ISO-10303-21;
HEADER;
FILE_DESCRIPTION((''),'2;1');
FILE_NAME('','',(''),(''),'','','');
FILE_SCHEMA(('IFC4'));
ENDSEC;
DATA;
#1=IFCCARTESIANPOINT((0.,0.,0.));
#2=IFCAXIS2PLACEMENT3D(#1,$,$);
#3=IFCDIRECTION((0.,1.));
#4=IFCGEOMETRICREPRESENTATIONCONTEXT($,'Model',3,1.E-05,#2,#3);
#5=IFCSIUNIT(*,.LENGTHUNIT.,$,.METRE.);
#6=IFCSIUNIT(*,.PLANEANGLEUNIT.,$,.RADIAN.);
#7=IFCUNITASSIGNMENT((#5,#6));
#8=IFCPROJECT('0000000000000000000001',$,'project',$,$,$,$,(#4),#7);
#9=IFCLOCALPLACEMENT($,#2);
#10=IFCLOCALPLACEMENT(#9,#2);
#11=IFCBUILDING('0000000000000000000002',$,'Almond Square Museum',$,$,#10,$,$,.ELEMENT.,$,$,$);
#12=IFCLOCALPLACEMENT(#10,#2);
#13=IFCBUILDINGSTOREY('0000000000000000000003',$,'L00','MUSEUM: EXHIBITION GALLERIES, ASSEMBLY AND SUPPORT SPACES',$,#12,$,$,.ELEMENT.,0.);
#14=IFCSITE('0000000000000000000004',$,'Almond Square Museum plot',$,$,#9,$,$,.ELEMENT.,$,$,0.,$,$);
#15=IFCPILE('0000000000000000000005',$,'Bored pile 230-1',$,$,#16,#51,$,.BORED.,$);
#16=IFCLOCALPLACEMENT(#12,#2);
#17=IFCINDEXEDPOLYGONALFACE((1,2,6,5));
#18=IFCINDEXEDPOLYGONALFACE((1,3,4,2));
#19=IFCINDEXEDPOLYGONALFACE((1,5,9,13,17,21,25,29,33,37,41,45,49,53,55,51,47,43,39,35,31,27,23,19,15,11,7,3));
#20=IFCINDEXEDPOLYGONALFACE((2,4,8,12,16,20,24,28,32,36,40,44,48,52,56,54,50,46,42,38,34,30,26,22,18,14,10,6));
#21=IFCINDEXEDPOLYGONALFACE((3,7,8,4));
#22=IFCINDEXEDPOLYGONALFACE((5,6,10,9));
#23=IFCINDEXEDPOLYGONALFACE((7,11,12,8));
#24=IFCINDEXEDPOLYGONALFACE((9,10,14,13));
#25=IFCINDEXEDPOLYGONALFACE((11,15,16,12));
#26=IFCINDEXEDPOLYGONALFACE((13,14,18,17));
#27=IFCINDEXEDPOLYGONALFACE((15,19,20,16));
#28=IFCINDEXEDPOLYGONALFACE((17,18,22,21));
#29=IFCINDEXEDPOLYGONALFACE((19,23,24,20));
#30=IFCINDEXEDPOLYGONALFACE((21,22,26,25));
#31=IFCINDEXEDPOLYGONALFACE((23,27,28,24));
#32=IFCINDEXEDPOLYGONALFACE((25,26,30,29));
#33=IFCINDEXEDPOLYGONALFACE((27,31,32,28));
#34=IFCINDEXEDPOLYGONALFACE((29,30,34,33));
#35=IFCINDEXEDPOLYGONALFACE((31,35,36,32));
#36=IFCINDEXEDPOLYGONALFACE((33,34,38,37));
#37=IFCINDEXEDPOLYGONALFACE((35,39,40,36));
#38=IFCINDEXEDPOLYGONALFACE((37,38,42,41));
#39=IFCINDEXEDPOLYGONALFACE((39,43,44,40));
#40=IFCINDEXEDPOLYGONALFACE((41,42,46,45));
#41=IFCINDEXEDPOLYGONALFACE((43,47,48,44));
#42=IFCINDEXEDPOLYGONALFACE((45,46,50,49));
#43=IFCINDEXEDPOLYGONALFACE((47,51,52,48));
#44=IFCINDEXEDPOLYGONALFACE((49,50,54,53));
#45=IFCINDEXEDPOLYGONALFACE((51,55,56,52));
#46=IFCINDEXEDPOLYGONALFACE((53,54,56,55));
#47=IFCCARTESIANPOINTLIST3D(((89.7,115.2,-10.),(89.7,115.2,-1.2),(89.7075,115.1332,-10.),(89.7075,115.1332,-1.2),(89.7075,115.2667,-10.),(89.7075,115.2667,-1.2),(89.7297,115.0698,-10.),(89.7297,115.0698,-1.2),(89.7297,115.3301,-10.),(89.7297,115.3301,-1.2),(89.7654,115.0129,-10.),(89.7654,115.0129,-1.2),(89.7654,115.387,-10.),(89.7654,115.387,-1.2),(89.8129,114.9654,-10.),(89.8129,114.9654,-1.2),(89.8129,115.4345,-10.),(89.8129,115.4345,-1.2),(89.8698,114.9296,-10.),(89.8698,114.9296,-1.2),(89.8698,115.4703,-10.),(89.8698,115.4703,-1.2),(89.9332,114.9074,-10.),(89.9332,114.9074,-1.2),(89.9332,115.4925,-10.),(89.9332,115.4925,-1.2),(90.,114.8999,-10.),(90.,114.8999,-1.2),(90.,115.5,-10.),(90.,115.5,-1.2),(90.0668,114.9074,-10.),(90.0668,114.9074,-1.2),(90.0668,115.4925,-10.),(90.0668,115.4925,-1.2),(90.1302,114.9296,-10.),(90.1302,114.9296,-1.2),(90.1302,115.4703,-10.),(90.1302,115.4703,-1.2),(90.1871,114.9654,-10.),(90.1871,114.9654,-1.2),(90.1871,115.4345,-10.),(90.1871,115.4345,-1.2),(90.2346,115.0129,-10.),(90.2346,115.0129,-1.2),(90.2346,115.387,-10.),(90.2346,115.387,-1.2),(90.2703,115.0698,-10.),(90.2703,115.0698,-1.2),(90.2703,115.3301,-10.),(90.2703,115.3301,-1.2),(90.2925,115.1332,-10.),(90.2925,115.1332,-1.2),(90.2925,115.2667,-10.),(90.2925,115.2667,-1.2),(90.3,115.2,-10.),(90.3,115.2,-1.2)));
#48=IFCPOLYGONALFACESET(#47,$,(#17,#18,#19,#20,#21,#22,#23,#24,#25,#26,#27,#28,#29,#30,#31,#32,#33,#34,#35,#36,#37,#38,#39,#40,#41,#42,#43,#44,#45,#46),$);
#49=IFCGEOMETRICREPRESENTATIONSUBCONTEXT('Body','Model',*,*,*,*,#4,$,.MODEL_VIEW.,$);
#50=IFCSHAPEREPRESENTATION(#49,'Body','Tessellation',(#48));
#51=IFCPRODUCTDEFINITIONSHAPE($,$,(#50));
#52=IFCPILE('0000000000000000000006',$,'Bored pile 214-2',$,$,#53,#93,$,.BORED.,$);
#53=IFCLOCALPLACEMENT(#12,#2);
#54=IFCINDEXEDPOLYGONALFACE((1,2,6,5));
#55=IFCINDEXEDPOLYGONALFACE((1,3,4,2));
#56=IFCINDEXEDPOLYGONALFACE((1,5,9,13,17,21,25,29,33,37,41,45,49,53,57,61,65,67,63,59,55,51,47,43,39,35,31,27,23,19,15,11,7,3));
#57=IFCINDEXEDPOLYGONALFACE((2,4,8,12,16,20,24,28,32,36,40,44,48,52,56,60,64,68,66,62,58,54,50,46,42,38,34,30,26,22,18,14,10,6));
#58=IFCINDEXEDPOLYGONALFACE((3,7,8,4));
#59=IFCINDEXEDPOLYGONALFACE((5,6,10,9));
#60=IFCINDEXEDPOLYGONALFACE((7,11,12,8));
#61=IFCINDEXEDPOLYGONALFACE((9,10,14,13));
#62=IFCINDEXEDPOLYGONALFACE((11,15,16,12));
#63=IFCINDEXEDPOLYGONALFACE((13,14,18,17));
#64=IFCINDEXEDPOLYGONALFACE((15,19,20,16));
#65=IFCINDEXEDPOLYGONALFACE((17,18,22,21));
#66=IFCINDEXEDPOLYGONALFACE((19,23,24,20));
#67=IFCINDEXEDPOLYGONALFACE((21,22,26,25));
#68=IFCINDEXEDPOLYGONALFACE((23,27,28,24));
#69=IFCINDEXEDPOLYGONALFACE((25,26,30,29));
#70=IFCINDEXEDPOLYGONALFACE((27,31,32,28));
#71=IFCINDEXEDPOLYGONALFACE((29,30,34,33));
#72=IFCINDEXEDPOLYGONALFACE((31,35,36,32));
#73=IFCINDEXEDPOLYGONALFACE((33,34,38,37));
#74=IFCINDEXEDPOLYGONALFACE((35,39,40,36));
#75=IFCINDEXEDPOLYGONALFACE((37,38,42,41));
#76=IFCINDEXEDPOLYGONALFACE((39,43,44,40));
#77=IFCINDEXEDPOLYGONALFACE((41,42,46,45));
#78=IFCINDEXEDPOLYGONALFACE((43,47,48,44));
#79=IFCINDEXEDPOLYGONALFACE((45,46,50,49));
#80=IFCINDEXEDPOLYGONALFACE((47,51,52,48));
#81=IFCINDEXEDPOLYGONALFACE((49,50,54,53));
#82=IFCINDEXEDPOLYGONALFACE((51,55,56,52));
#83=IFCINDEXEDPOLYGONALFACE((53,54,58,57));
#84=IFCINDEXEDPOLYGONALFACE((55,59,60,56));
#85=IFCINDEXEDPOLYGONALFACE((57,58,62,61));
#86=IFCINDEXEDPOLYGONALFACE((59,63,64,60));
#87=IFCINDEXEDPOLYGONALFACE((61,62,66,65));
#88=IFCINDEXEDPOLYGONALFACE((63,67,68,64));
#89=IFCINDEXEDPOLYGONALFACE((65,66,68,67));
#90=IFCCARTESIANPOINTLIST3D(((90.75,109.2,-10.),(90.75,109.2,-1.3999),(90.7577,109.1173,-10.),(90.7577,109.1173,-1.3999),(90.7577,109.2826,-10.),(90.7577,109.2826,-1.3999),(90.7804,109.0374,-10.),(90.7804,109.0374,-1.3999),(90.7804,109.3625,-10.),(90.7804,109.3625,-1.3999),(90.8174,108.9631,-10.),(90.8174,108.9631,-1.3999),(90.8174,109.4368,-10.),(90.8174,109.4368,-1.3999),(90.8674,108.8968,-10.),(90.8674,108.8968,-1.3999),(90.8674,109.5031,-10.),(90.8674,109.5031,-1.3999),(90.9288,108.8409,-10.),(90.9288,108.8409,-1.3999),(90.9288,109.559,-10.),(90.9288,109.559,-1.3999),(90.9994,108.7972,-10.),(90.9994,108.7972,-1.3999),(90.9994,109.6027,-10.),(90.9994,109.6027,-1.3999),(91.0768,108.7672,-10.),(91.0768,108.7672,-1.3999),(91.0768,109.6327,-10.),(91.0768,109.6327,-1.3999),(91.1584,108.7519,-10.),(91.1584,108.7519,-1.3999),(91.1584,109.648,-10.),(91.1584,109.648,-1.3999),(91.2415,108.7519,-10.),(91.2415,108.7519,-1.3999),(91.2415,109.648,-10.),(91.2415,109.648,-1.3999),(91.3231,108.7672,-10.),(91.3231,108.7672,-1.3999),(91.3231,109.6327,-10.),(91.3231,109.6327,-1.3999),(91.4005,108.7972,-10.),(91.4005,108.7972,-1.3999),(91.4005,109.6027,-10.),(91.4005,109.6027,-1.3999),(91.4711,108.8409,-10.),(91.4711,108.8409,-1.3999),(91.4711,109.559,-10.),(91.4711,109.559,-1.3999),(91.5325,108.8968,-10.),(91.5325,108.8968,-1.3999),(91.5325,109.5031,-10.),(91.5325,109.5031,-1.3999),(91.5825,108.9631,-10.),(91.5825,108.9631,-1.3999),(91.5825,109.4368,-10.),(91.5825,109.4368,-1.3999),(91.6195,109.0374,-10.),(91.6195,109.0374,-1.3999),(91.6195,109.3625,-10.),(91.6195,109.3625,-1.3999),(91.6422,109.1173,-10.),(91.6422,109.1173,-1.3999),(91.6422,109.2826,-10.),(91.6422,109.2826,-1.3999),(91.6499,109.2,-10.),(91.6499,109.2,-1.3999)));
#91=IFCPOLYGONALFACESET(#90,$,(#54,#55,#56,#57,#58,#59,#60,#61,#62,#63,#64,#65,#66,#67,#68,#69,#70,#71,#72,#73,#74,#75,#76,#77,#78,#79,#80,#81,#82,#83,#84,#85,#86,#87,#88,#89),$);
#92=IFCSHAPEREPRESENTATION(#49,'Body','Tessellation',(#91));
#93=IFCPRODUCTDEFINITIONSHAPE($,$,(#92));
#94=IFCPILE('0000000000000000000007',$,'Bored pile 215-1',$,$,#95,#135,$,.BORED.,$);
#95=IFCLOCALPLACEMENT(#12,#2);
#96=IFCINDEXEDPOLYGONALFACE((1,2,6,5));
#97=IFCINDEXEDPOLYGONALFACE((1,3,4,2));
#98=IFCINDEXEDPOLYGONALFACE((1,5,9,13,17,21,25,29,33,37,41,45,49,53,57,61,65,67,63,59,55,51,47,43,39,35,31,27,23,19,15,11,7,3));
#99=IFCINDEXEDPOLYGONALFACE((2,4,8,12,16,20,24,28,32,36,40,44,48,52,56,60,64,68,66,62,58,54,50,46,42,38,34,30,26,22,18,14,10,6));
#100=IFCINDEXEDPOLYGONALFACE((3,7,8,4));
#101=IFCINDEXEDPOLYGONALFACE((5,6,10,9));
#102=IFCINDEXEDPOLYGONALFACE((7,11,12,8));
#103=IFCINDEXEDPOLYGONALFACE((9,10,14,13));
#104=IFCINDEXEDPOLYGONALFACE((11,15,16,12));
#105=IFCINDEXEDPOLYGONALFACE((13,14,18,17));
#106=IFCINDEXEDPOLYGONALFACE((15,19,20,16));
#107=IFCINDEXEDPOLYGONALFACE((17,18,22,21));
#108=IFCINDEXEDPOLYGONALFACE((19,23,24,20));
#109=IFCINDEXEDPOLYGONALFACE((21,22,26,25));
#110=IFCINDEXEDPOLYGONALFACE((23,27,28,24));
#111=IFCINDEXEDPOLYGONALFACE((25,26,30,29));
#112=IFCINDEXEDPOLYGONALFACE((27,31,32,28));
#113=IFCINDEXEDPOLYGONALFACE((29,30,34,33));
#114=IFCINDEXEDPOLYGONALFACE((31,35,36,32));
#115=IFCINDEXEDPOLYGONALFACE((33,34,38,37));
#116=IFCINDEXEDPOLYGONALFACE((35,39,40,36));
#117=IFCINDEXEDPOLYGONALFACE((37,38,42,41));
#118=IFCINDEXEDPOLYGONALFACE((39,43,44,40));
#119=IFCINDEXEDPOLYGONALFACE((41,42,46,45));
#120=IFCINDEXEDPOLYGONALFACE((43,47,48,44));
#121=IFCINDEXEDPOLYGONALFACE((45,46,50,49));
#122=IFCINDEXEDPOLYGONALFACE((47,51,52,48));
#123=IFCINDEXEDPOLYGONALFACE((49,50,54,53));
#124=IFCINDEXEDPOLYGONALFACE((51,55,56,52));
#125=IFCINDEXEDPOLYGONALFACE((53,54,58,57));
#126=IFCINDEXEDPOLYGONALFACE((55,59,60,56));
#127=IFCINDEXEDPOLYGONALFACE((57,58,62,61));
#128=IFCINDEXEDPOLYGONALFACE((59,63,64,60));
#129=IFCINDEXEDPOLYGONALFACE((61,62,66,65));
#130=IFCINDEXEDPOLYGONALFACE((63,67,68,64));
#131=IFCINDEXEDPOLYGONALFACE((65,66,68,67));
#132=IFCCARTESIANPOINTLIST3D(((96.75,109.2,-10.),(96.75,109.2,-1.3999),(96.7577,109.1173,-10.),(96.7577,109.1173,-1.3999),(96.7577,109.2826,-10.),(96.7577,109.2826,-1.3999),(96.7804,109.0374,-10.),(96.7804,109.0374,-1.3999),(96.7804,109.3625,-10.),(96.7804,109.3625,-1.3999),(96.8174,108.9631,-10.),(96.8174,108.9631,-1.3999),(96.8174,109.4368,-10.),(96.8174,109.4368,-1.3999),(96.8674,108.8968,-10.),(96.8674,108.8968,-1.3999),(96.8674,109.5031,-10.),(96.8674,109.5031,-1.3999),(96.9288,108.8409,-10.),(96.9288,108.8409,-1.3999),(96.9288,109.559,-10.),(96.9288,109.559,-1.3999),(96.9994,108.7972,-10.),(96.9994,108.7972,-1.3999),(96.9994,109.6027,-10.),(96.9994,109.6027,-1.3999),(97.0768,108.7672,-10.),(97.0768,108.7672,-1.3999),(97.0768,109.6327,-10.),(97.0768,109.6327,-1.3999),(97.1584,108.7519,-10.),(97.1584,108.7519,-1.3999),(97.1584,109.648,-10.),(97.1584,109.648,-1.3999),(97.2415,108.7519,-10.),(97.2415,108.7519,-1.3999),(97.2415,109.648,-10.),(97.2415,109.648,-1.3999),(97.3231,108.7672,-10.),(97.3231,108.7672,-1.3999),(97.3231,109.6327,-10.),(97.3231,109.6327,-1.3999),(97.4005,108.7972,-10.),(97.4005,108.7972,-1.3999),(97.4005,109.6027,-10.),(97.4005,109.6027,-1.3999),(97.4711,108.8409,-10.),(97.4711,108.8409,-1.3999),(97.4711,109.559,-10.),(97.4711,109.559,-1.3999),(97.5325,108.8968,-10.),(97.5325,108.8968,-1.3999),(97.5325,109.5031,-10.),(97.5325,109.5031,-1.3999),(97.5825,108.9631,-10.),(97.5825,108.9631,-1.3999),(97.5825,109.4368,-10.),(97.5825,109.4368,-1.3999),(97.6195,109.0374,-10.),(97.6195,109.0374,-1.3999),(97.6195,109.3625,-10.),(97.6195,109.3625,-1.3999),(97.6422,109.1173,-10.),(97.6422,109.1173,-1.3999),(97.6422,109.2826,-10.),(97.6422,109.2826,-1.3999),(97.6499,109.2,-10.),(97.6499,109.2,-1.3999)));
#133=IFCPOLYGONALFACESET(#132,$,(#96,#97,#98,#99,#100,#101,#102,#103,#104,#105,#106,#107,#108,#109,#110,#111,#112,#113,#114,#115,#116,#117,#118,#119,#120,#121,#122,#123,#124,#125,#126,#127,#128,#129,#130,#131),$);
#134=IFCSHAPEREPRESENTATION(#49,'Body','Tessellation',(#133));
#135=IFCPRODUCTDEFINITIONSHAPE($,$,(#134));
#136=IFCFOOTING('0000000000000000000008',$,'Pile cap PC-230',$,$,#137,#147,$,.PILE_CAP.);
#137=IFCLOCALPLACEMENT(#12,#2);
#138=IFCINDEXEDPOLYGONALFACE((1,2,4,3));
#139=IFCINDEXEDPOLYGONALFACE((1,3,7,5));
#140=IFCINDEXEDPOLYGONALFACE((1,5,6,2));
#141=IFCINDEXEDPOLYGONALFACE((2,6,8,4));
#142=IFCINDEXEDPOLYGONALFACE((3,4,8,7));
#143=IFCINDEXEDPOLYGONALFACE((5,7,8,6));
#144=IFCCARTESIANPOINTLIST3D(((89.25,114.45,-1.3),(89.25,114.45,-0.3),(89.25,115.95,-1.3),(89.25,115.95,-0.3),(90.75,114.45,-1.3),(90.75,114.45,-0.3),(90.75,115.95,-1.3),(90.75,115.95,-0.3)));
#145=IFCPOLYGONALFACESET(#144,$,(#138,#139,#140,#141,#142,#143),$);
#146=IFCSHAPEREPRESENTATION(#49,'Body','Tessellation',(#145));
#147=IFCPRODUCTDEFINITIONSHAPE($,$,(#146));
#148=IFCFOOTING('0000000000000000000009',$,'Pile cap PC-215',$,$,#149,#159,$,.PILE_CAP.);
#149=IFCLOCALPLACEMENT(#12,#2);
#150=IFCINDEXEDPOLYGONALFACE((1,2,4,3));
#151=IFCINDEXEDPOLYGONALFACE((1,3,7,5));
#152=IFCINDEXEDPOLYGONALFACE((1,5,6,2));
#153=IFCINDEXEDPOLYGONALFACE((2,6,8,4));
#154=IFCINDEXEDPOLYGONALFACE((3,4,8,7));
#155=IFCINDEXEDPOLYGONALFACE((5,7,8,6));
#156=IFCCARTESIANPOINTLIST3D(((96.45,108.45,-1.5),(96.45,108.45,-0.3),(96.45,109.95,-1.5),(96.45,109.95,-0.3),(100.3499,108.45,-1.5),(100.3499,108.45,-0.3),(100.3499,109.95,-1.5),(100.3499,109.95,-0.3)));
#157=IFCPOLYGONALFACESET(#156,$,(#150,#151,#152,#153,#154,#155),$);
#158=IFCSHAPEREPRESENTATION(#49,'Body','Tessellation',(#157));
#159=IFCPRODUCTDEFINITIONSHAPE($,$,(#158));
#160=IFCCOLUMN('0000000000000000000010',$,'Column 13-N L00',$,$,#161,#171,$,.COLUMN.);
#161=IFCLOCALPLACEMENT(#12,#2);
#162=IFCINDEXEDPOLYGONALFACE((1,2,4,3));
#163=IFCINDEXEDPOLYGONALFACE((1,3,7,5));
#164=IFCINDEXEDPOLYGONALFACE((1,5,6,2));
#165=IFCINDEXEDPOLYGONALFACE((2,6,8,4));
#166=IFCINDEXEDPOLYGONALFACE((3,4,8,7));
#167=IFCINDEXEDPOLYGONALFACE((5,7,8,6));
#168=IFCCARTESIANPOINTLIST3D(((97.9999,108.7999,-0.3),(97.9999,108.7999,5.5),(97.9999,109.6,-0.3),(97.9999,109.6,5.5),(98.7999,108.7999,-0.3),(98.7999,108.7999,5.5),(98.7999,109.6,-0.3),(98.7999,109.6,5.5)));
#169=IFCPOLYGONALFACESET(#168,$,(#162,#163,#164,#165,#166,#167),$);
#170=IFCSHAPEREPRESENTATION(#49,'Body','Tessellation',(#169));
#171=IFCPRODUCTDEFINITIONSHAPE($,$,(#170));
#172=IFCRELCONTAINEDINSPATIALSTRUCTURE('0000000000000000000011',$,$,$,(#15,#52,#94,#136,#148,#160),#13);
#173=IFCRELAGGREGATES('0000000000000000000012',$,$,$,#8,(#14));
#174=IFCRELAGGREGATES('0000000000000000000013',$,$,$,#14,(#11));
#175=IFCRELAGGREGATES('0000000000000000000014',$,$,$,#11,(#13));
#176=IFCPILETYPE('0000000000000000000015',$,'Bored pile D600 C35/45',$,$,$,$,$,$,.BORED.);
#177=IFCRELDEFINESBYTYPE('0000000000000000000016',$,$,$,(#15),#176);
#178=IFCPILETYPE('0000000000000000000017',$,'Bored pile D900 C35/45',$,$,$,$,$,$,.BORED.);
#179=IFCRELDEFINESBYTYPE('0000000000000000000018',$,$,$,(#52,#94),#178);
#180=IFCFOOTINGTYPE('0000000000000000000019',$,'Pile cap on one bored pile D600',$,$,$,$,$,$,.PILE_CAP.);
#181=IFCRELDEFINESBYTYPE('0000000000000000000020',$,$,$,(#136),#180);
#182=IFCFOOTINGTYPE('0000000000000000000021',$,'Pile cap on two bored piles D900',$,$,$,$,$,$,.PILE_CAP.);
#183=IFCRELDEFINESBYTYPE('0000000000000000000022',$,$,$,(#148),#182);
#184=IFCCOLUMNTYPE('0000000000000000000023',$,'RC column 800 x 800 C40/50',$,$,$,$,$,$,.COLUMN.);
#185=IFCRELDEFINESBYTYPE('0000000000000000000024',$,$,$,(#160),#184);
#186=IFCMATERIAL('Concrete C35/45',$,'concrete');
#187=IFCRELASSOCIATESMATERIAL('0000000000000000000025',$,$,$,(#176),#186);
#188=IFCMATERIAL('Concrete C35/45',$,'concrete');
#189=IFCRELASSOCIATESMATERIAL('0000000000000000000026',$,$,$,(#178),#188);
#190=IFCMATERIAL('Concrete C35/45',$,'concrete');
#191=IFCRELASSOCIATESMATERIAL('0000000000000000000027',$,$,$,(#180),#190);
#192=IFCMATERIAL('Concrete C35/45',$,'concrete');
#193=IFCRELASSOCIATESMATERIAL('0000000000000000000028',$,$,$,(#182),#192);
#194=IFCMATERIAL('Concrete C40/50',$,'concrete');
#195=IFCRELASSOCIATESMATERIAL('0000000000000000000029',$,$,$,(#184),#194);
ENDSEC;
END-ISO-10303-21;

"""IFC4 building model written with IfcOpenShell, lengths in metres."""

from ifc_helpers import new_model, si_unit, direction, frame, origin, origin_2d, place, context, subcontext, project, spatial, rectangle, circle, extrude, material, material_profile, profile_set, type_object, element, save


model = new_model("IFC4")

# Units and contexts
model_context = context("Model", 3, precision=1e-05, world=origin(), true_north=direction((0.0, 1.0)))
body_context = subcontext(model_context, "Body", "Model", "MODEL_VIEW")
ifc_project = project(units=[si_unit("LENGTHUNIT", "METRE"), si_unit("PLANEANGLEUNIT", "RADIAN")], contexts=[model_context])

# Site, building, storey
site_placement = place(None, origin())
site = spatial("IfcSite", under=ifc_project, at=site_placement, Name="Almond Square Museum plot", CompositionType="ELEMENT", RefElevation=0.0)
building_placement = place(site_placement, origin())
building = spatial("IfcBuilding", under=site, at=building_placement, Name="Almond Square Museum", CompositionType="ELEMENT")
storey_placement = place(building_placement, origin())
storey = spatial("IfcBuildingStorey", under=building, at=storey_placement, Name="L00", Description="MUSEUM: EXHIBITION GALLERIES, ASSEMBLY AND SUPPORT SPACES", CompositionType="ELEMENT", Elevation=0.0)

# Piles
ifc_material_1 = material(Name="Concrete C35/45", Category="concrete")
ifc_material_profile_1 = material_profile(ifc_material_1, circle(Radius=0.3, at=origin_2d()))
ifc_profile_set_1 = profile_set([ifc_material_profile_1], Name="Concrete C35/45")
pile_type_1 = type_object("IfcPileType", Name="Bored pile D600 C35/45", PredefinedType="BORED", material=ifc_profile_set_1)
pile_placement = place(storey_placement, frame((90.0, 115.2, -1.2), z_axis=(0.0, 0.0, -1.0), x_axis=(1.0, 0.0, 0.0)))
element("IfcPile", 1, at=pile_placement, inside=storey, type_object=pile_type_1, Name="Bored pile 230-1", PredefinedType="BORED", context=body_context, shape_type="SweptSolid", body=[
    extrude(circle(Radius=0.3, at=origin_2d()), origin(), (0.0, 0.0, 1.0), 8.8),
])
ifc_material_2 = material(Name="Concrete C35/45", Category="concrete")
ifc_material_profile_2 = material_profile(ifc_material_2, circle(Radius=0.45, at=origin_2d()))
ifc_profile_set_2 = profile_set([ifc_material_profile_2], Name="Concrete C35/45")
pile_type_2 = type_object("IfcPileType", Name="Bored pile D900 C35/45", PredefinedType="BORED", material=ifc_profile_set_2)
for number, where, z_axis, x_axis, name in (
    (2, (91.2, 109.2, -1.3999), (0.0, 0.0, -1.0), (1.0, 0.0, 0.0), "Bored pile 214-2"),
    (3, (97.2, 109.2, -1.3999), (0.0, 0.0, -1.0), (1.0, 0.0, 0.0), "Bored pile 215-1"),
):
    element("IfcPile", number, at=place(storey_placement, frame(where, z_axis=z_axis, x_axis=x_axis)), inside=storey, type_object=pile_type_2, Name=name, PredefinedType="BORED", context=body_context, shape_type="SweptSolid", body=[
        extrude(circle(Radius=0.45, at=origin_2d()), origin(), (0.0, 0.0, 1.0), 8.6001),
    ])

# Footings
ifc_material_3 = material(Name="Concrete C35/45", Category="concrete")
footing_type_1 = type_object("IfcFootingType", Name="Pile cap on one bored pile D600", PredefinedType="PILE_CAP", material=ifc_material_3)
footing_1_placement = place(storey_placement, frame((90.0, 115.2, -1.3), z_axis=(0.0, 0.0, 1.0), x_axis=(1.0, 0.0, 0.0)))
element("IfcFooting", 4, at=footing_1_placement, inside=storey, type_object=footing_type_1, Name="Pile cap PC-230", PredefinedType="PILE_CAP", context=body_context, shape_type="SweptSolid", body=[
    extrude(rectangle(XDim=1.5, YDim=1.5, at=origin_2d()), origin(), (0.0, 0.0, 1.0), 1.0),
])
ifc_material_4 = material(Name="Concrete C35/45", Category="concrete")
footing_type_2 = type_object("IfcFootingType", Name="Pile cap on two bored piles D900", PredefinedType="PILE_CAP", material=ifc_material_4)
footing_2_placement = place(storey_placement, frame((98.3999, 109.2, -1.5), z_axis=(0.0, 0.0, 1.0), x_axis=(1.0, 0.0, 0.0)))
element("IfcFooting", 5, at=footing_2_placement, inside=storey, type_object=footing_type_2, Name="Pile cap PC-215", PredefinedType="PILE_CAP", context=body_context, shape_type="SweptSolid", body=[
    extrude(rectangle(XDim=3.8999, YDim=1.5, at=origin_2d()), origin(), (0.0, 0.0, 1.0), 1.2),
])

# Column
ifc_material_5 = material(Name="Concrete C40/50", Category="concrete")
ifc_material_profile_3 = material_profile(ifc_material_5, rectangle(XDim=0.8, YDim=0.8, at=origin_2d()))
ifc_profile_set_3 = profile_set([ifc_material_profile_3], Name="Concrete C40/50")
column_type_1 = type_object("IfcColumnType", Name="RC column 800 x 800 C40/50", PredefinedType="COLUMN", material=ifc_profile_set_3)
column_1_placement = place(storey_placement, frame((98.3999, 109.2, -0.3), z_axis=(0.0, 0.0, 1.0), x_axis=(1.0, 0.0, 0.0)))
element("IfcColumn", 6, at=column_1_placement, inside=storey, type_object=column_type_1, Name="Column 13-N L00", PredefinedType="COLUMN", context=body_context, shape_type="SweptSolid", body=[
    extrude(rectangle(XDim=0.8, YDim=0.8, at=origin_2d()), origin(), (0.0, 0.0, 1.0), 5.8),
])

save(model, "model.ifc")
